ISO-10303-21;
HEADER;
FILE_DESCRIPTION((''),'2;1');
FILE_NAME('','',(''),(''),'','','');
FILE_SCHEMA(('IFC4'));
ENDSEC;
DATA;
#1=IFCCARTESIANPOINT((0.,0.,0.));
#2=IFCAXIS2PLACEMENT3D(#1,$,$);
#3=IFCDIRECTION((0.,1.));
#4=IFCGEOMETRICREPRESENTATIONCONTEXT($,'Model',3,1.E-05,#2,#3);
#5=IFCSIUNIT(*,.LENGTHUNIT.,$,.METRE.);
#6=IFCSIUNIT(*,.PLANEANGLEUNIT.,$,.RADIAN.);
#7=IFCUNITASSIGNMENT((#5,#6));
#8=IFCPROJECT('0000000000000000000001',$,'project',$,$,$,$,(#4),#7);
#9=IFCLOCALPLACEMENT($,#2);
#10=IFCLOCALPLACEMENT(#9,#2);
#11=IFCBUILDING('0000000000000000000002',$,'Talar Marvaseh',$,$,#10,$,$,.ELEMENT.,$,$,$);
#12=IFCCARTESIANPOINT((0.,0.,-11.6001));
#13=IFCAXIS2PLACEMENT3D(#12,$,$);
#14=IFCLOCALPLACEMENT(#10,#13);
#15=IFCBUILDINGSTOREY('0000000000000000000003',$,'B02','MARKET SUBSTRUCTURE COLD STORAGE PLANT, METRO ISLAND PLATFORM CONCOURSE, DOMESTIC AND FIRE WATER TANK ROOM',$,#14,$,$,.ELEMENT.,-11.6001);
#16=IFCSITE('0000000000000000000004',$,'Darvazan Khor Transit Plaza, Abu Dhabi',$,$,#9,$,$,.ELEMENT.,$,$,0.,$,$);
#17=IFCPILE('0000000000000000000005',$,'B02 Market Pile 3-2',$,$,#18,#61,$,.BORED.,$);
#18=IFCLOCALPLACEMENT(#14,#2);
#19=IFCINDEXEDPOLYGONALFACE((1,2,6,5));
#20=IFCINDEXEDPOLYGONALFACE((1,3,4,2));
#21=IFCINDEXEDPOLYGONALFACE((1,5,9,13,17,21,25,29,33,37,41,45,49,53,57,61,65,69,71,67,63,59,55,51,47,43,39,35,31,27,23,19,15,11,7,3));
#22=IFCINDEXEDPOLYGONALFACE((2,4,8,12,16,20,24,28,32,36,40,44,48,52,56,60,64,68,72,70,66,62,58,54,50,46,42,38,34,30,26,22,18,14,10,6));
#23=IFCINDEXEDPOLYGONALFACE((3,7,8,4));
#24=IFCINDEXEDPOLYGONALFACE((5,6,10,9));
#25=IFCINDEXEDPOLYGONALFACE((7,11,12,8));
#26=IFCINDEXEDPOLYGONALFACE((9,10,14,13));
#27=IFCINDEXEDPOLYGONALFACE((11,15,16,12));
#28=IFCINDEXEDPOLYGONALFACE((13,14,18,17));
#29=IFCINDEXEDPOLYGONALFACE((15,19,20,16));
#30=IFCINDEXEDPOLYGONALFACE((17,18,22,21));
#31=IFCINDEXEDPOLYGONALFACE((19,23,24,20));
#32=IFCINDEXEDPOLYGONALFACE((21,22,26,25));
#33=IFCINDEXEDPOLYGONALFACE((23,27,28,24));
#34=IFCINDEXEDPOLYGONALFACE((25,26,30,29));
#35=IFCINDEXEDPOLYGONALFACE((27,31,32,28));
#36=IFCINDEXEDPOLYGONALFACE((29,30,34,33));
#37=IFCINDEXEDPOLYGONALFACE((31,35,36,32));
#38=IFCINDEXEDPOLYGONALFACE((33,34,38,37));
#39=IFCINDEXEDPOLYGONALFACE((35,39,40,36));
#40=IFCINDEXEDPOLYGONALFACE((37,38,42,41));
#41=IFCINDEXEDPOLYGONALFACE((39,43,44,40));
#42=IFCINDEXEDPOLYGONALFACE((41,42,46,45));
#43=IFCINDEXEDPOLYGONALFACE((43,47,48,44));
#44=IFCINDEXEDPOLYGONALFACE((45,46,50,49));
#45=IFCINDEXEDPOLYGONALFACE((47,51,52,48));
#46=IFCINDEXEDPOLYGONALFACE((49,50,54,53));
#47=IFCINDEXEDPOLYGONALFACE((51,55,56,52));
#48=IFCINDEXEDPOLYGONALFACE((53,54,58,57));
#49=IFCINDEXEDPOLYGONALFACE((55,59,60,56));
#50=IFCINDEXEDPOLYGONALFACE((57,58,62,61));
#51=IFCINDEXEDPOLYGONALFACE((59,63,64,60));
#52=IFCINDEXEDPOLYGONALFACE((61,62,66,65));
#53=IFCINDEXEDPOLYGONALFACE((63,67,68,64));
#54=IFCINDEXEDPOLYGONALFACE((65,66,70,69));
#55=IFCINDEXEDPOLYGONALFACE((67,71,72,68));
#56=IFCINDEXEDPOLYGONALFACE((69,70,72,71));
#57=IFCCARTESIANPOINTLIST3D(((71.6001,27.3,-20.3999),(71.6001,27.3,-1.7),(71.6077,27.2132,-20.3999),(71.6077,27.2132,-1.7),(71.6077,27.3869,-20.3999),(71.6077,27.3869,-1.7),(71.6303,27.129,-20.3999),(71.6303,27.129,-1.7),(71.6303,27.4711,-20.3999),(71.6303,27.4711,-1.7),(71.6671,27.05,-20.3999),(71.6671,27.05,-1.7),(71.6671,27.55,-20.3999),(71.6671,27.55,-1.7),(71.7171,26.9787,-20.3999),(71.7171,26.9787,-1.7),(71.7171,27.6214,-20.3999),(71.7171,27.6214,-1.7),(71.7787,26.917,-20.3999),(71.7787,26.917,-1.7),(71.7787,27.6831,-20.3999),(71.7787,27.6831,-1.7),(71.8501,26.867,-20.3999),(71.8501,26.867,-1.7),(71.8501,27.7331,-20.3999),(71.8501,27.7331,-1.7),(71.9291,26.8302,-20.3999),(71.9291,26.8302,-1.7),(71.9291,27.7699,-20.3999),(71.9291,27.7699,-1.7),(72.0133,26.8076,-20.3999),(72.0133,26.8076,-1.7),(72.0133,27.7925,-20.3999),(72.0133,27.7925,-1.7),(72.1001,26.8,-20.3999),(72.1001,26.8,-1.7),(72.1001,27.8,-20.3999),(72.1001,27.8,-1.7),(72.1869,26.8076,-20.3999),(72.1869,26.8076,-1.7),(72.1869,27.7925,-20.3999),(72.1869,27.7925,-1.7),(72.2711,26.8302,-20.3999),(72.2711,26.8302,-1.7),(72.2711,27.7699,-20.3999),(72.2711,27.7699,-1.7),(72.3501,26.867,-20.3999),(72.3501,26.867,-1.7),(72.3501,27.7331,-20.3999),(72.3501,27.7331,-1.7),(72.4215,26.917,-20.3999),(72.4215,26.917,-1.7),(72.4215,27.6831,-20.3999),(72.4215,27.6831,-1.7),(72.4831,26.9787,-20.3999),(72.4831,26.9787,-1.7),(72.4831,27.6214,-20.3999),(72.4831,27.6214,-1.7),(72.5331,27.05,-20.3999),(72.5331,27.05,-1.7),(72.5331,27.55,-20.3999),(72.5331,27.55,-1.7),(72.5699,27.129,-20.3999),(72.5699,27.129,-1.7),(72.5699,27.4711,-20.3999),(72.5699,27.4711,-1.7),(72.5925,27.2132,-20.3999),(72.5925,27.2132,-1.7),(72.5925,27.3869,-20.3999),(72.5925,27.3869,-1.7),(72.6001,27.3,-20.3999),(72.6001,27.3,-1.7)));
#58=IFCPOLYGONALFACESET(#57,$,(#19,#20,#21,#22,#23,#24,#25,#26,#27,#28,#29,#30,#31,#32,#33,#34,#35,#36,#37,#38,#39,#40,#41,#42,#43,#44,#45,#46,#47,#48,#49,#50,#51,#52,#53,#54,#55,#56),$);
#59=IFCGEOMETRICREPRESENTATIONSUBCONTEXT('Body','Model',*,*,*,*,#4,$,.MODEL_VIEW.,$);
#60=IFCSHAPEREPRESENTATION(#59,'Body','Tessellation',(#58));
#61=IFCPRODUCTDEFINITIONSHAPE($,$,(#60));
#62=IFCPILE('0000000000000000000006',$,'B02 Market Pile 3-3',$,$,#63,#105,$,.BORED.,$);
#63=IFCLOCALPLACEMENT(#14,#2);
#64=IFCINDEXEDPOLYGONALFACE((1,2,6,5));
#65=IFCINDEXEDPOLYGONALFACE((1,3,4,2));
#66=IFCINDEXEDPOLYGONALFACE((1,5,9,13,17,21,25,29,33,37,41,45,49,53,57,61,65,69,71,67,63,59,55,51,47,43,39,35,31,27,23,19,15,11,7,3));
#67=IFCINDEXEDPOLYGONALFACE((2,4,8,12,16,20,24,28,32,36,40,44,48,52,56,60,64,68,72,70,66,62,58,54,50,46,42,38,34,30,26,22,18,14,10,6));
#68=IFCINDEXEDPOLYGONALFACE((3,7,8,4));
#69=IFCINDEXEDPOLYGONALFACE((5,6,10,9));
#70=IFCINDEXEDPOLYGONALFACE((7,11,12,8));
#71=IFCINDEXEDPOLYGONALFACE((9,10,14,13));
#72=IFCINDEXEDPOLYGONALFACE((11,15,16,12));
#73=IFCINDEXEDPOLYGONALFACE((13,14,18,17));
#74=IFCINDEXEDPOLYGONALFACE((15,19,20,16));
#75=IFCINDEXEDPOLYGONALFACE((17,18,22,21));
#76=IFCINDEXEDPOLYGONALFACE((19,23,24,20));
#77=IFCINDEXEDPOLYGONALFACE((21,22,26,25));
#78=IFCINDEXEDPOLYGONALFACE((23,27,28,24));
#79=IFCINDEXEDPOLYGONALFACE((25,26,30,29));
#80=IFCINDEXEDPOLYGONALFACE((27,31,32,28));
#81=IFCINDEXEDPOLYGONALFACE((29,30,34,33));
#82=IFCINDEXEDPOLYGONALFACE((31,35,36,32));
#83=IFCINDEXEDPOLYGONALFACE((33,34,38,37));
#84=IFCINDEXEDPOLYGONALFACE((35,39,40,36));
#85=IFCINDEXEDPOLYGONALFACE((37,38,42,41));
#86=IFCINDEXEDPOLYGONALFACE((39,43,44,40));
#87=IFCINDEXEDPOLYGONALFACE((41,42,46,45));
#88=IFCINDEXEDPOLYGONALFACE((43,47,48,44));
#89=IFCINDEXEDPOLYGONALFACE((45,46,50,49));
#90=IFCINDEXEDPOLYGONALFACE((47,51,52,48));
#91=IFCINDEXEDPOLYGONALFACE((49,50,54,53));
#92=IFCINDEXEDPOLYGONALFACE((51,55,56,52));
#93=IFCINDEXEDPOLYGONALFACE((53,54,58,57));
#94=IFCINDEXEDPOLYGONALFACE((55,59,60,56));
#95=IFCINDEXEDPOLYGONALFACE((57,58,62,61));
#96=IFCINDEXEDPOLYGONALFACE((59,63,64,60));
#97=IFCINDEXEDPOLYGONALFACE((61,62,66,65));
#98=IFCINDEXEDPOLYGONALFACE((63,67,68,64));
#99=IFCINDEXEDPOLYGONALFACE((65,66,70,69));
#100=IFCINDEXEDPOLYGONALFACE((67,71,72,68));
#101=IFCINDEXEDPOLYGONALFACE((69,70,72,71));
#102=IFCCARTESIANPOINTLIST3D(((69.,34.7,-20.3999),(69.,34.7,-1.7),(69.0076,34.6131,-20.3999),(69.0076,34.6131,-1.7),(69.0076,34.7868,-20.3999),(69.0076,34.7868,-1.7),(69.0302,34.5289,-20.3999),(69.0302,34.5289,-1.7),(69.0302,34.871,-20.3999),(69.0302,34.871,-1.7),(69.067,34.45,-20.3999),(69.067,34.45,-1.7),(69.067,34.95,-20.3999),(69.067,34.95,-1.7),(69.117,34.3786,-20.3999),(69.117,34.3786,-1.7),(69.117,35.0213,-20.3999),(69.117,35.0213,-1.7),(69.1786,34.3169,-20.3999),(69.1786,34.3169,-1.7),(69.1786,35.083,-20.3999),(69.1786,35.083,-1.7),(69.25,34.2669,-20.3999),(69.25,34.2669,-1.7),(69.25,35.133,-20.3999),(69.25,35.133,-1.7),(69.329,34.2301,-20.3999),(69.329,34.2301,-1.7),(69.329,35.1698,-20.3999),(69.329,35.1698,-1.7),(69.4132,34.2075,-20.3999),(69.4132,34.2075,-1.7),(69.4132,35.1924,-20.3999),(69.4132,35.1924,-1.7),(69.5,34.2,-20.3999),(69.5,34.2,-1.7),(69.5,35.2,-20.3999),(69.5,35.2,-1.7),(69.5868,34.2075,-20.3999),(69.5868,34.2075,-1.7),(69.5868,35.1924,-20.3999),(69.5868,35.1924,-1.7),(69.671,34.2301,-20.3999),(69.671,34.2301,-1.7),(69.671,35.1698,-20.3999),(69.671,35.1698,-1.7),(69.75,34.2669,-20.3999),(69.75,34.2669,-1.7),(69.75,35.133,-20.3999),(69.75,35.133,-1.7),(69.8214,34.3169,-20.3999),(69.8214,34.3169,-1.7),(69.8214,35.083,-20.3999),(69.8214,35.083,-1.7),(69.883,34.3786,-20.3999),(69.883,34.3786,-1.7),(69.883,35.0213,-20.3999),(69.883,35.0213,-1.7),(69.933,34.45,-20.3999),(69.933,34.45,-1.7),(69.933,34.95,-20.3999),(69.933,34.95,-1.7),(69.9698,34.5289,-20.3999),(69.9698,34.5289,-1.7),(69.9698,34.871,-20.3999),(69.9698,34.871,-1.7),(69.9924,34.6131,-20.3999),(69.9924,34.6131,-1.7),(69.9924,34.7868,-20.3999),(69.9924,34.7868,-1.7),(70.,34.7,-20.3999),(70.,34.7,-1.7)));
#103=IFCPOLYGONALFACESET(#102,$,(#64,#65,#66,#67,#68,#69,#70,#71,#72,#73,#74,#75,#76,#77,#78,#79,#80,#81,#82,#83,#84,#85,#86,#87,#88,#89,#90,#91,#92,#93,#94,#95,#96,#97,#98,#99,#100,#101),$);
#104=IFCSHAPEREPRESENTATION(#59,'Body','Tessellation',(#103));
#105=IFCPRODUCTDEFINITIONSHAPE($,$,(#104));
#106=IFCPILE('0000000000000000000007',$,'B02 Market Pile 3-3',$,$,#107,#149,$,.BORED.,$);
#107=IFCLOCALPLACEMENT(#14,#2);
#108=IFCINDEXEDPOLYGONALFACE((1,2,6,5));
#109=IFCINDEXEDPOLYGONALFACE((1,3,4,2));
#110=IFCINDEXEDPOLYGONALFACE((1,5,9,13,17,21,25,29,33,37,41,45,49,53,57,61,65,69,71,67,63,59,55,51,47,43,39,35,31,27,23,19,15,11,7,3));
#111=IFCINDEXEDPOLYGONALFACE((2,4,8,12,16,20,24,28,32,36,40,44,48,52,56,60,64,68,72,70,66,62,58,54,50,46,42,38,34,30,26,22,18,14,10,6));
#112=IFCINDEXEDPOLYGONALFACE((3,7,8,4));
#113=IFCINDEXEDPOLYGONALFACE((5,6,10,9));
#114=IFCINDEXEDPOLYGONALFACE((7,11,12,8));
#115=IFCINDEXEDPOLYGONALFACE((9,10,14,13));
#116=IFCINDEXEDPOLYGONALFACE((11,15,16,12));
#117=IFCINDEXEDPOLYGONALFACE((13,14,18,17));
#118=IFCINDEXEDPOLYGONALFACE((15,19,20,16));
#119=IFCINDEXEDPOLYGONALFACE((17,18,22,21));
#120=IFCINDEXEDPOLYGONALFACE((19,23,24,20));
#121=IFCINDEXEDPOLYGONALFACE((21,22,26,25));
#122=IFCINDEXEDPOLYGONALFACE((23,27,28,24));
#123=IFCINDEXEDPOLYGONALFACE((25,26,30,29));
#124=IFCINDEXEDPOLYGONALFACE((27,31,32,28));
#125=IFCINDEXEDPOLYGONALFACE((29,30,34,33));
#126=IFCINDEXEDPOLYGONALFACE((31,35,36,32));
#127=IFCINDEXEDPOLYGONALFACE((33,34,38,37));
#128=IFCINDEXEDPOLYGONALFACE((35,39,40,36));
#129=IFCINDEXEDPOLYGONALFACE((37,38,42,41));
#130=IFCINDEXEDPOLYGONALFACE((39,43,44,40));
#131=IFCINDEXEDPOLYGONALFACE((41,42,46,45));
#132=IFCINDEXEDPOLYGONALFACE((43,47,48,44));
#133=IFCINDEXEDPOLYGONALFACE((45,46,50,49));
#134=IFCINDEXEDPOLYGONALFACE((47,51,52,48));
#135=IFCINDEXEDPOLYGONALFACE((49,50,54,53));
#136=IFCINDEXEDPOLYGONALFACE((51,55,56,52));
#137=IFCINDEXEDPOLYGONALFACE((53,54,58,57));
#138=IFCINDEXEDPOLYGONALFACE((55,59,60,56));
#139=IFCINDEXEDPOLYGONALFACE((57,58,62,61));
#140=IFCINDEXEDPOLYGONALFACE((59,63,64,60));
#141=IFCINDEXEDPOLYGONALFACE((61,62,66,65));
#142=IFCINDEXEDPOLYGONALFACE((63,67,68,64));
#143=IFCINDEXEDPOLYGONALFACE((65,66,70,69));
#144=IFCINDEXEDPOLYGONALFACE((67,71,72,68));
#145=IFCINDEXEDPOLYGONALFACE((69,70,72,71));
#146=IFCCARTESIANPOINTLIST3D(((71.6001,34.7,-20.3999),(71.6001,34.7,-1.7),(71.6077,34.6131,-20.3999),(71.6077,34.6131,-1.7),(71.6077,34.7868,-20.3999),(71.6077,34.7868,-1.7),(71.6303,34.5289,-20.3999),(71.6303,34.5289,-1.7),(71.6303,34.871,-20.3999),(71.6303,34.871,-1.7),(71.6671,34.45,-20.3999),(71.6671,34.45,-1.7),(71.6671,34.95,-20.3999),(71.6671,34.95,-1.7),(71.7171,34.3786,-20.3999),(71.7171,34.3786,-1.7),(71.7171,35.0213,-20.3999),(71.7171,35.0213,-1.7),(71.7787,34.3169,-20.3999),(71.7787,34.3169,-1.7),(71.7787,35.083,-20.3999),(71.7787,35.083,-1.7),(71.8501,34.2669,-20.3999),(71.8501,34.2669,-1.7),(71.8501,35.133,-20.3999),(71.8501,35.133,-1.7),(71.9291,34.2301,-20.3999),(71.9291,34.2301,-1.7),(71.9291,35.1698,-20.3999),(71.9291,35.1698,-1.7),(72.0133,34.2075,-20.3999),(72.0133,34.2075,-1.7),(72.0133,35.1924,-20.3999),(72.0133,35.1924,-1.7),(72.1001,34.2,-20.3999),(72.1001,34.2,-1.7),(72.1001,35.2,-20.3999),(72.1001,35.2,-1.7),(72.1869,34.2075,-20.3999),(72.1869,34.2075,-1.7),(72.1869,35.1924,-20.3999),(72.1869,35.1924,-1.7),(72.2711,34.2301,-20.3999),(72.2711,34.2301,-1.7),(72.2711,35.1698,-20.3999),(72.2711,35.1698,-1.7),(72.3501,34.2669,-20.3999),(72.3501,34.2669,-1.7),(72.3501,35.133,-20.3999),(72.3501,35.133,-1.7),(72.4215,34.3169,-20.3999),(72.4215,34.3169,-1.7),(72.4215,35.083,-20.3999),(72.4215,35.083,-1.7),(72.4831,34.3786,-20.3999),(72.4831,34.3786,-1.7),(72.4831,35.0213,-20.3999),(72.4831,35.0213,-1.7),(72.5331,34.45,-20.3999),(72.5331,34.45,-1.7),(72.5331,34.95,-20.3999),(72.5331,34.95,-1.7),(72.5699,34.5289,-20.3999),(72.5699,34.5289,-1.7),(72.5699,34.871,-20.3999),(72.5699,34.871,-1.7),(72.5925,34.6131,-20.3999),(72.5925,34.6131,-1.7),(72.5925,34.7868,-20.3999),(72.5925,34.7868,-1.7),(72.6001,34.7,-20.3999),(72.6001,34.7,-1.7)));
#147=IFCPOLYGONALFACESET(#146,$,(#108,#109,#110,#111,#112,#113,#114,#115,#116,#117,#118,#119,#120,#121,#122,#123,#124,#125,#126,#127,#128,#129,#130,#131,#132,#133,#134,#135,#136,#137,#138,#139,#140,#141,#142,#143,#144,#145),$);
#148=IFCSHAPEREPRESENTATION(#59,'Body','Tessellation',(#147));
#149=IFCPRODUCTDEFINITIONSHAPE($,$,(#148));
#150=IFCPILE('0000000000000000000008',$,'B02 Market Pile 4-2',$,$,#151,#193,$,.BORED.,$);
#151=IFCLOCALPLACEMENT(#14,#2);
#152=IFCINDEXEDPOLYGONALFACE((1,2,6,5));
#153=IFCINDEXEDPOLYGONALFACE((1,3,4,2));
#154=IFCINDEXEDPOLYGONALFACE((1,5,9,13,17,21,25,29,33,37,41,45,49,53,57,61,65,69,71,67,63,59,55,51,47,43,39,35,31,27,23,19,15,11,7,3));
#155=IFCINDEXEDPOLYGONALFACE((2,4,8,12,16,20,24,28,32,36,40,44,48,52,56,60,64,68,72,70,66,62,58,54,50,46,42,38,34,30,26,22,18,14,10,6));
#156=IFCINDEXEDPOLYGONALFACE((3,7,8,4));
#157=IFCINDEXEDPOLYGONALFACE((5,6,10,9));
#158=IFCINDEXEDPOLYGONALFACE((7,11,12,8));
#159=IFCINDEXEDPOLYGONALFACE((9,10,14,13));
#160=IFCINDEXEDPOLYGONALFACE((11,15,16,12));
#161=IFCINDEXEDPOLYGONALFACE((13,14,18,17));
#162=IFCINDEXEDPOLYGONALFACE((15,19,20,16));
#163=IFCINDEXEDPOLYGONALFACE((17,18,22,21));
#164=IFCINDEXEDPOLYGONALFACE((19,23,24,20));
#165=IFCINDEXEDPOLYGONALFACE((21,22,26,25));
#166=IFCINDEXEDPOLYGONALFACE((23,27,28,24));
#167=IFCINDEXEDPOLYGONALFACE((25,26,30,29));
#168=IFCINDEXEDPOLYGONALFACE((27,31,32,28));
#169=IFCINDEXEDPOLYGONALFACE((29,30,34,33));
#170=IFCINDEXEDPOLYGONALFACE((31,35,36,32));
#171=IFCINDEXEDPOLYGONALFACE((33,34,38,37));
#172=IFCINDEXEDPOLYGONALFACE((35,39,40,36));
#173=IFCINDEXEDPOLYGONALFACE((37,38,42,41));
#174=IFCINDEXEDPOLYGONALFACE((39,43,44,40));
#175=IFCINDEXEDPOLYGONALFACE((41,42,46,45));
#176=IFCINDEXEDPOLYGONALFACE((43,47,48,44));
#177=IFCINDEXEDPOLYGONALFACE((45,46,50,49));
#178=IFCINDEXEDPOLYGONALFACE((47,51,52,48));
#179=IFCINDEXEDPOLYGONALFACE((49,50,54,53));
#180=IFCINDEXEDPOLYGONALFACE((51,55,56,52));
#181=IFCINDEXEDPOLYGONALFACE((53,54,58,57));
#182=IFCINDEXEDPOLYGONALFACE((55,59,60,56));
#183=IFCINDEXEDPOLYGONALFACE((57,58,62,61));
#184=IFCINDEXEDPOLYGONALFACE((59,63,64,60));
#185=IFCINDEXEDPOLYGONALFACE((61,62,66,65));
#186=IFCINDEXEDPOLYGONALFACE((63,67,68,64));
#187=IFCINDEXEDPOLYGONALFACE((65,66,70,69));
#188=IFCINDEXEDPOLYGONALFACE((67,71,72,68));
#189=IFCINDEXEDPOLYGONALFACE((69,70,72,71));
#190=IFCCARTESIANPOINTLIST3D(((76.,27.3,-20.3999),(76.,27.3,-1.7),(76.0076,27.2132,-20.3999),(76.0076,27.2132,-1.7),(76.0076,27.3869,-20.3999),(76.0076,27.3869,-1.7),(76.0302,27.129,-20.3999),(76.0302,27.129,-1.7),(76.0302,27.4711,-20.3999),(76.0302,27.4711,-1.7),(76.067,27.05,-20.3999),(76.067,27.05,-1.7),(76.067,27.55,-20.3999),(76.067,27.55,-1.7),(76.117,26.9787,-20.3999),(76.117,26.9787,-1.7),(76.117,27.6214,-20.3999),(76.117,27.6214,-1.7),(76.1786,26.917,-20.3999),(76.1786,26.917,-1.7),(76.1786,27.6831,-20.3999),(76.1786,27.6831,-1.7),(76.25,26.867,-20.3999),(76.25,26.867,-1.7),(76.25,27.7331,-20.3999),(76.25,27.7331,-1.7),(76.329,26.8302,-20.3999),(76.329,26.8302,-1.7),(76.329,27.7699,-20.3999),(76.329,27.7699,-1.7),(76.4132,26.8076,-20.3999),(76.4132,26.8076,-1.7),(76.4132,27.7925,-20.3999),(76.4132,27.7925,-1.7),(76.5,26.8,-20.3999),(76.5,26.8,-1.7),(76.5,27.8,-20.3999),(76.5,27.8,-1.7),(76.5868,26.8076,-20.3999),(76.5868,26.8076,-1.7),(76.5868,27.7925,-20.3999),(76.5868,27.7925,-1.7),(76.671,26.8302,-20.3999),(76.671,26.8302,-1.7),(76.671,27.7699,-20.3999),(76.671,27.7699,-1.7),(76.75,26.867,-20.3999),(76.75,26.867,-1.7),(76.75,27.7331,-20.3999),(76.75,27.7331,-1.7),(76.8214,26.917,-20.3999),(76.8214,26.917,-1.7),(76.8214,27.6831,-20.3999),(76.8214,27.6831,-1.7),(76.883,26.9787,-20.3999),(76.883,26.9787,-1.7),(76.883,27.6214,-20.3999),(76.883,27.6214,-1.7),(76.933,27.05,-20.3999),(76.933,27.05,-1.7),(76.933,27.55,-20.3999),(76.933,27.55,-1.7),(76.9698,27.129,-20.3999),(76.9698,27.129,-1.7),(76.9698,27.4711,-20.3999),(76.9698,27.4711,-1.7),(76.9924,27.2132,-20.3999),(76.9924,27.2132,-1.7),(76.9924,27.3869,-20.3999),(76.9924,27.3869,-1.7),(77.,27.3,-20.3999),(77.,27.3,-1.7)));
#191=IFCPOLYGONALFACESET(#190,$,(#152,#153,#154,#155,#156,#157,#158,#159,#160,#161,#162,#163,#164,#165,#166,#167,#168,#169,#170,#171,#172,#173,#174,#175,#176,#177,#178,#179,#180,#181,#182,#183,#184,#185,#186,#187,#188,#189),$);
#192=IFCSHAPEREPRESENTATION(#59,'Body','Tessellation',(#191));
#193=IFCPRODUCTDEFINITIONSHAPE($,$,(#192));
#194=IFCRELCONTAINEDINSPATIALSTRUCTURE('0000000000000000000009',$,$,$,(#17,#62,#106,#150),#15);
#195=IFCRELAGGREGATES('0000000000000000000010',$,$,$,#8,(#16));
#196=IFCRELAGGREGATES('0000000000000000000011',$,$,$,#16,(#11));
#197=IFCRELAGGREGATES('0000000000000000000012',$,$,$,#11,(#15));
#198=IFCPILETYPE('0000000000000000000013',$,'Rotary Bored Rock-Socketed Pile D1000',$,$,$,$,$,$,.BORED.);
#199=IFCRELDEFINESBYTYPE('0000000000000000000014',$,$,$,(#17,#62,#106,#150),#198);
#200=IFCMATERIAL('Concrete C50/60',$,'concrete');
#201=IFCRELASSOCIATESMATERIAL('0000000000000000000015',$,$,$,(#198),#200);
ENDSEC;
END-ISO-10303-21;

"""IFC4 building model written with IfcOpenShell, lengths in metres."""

from ifc_helpers import new_model, si_unit, direction, frame, origin, origin_2d, place, context, subcontext, project, spatial, circle, extrude, source, transform, mapped, material, material_profile, profile_set, type_object, type_shapes, element, save


model = new_model("IFC4")

# Units and contexts
model_context = context("Model", 3, precision=1e-05, world=origin(), true_north=direction((0.0, 1.0)))
body_context = subcontext(model_context, "Body", "Model", "MODEL_VIEW")
ifc_project = project(units=[si_unit("LENGTHUNIT", "METRE"), si_unit("PLANEANGLEUNIT", "RADIAN")], contexts=[model_context])

# Site, building, storey
site_placement = place(None, origin())
site = spatial("IfcSite", under=ifc_project, at=site_placement, Name="Darvazan Khor Transit Plaza, Abu Dhabi", CompositionType="ELEMENT", RefElevation=0.0)
building_placement = place(site_placement, origin())
building = spatial("IfcBuilding", under=site, at=building_placement, Name="Talar Marvaseh", CompositionType="ELEMENT")
storey_placement = place(building_placement, frame((0.0, 0.0, -11.6001)))
storey = spatial("IfcBuildingStorey", under=building, at=storey_placement, Name="B02", Description="MARKET SUBSTRUCTURE COLD STORAGE PLANT, METRO ISLAND PLATFORM CONCOURSE, DOMESTIC AND FIRE WATER TANK ROOM", CompositionType="ELEMENT", Elevation=-11.6001)

# Shared definitions
ifc_material_1 = material(Name="Concrete C50/60", Category="concrete")

# Piles
ifc_material_profile_1 = material_profile(ifc_material_1, circle(Radius=0.5, at=origin_2d()), Name="PILE-D1000")
ifc_profile_set_1 = profile_set([ifc_material_profile_1], Name="Concrete C50/60")
pile_type = type_object("IfcPileType", Name="Rotary Bored Rock-Socketed Pile D1000", PredefinedType="BORED", material=ifc_profile_set_1)
shared_shape_1 = source(origin(), body_context, "Body", "SweptSolid", [
    extrude(circle(Radius=0.5, at=origin_2d()), origin(), (0.0, 0.0, 1.0), 18.7),
])
type_shapes(pile_type, [shared_shape_1])
for number, where, z_axis, x_axis, name in (
    (1, (72.1001, 27.3, -1.7), (0.0, 0.0, -1.0), (1.0, 0.0, 0.0), "B02 Market Pile 3-2"),
    (2, (69.5, 34.7, -1.7), (0.0, 0.0, -1.0), (1.0, 0.0, 0.0), "B02 Market Pile 3-3"),
    (3, (72.1001, 34.7, -1.7), (0.0, 0.0, -1.0), (1.0, 0.0, 0.0), "B02 Market Pile 3-3"),
    (4, (76.5, 27.3, -1.7), (0.0, 0.0, -1.0), (1.0, 0.0, 0.0), "B02 Market Pile 4-2"),
):
    element("IfcPile", number, at=place(storey_placement, frame(where, z_axis=z_axis, x_axis=x_axis)), inside=storey, type_object=pile_type, Name=name, PredefinedType="BORED", context=body_context, shape_type="MappedRepresentation", body=[
        mapped(shared_shape_1, transform((0.0, 0.0, 0.0), x_axis=(1.0, 0.0, 0.0), y_axis=(0.0, 1.0, 0.0), z_axis=(0.0, 0.0, 1.0), scale=1.0)),
    ])

save(model, "model.ifc")
